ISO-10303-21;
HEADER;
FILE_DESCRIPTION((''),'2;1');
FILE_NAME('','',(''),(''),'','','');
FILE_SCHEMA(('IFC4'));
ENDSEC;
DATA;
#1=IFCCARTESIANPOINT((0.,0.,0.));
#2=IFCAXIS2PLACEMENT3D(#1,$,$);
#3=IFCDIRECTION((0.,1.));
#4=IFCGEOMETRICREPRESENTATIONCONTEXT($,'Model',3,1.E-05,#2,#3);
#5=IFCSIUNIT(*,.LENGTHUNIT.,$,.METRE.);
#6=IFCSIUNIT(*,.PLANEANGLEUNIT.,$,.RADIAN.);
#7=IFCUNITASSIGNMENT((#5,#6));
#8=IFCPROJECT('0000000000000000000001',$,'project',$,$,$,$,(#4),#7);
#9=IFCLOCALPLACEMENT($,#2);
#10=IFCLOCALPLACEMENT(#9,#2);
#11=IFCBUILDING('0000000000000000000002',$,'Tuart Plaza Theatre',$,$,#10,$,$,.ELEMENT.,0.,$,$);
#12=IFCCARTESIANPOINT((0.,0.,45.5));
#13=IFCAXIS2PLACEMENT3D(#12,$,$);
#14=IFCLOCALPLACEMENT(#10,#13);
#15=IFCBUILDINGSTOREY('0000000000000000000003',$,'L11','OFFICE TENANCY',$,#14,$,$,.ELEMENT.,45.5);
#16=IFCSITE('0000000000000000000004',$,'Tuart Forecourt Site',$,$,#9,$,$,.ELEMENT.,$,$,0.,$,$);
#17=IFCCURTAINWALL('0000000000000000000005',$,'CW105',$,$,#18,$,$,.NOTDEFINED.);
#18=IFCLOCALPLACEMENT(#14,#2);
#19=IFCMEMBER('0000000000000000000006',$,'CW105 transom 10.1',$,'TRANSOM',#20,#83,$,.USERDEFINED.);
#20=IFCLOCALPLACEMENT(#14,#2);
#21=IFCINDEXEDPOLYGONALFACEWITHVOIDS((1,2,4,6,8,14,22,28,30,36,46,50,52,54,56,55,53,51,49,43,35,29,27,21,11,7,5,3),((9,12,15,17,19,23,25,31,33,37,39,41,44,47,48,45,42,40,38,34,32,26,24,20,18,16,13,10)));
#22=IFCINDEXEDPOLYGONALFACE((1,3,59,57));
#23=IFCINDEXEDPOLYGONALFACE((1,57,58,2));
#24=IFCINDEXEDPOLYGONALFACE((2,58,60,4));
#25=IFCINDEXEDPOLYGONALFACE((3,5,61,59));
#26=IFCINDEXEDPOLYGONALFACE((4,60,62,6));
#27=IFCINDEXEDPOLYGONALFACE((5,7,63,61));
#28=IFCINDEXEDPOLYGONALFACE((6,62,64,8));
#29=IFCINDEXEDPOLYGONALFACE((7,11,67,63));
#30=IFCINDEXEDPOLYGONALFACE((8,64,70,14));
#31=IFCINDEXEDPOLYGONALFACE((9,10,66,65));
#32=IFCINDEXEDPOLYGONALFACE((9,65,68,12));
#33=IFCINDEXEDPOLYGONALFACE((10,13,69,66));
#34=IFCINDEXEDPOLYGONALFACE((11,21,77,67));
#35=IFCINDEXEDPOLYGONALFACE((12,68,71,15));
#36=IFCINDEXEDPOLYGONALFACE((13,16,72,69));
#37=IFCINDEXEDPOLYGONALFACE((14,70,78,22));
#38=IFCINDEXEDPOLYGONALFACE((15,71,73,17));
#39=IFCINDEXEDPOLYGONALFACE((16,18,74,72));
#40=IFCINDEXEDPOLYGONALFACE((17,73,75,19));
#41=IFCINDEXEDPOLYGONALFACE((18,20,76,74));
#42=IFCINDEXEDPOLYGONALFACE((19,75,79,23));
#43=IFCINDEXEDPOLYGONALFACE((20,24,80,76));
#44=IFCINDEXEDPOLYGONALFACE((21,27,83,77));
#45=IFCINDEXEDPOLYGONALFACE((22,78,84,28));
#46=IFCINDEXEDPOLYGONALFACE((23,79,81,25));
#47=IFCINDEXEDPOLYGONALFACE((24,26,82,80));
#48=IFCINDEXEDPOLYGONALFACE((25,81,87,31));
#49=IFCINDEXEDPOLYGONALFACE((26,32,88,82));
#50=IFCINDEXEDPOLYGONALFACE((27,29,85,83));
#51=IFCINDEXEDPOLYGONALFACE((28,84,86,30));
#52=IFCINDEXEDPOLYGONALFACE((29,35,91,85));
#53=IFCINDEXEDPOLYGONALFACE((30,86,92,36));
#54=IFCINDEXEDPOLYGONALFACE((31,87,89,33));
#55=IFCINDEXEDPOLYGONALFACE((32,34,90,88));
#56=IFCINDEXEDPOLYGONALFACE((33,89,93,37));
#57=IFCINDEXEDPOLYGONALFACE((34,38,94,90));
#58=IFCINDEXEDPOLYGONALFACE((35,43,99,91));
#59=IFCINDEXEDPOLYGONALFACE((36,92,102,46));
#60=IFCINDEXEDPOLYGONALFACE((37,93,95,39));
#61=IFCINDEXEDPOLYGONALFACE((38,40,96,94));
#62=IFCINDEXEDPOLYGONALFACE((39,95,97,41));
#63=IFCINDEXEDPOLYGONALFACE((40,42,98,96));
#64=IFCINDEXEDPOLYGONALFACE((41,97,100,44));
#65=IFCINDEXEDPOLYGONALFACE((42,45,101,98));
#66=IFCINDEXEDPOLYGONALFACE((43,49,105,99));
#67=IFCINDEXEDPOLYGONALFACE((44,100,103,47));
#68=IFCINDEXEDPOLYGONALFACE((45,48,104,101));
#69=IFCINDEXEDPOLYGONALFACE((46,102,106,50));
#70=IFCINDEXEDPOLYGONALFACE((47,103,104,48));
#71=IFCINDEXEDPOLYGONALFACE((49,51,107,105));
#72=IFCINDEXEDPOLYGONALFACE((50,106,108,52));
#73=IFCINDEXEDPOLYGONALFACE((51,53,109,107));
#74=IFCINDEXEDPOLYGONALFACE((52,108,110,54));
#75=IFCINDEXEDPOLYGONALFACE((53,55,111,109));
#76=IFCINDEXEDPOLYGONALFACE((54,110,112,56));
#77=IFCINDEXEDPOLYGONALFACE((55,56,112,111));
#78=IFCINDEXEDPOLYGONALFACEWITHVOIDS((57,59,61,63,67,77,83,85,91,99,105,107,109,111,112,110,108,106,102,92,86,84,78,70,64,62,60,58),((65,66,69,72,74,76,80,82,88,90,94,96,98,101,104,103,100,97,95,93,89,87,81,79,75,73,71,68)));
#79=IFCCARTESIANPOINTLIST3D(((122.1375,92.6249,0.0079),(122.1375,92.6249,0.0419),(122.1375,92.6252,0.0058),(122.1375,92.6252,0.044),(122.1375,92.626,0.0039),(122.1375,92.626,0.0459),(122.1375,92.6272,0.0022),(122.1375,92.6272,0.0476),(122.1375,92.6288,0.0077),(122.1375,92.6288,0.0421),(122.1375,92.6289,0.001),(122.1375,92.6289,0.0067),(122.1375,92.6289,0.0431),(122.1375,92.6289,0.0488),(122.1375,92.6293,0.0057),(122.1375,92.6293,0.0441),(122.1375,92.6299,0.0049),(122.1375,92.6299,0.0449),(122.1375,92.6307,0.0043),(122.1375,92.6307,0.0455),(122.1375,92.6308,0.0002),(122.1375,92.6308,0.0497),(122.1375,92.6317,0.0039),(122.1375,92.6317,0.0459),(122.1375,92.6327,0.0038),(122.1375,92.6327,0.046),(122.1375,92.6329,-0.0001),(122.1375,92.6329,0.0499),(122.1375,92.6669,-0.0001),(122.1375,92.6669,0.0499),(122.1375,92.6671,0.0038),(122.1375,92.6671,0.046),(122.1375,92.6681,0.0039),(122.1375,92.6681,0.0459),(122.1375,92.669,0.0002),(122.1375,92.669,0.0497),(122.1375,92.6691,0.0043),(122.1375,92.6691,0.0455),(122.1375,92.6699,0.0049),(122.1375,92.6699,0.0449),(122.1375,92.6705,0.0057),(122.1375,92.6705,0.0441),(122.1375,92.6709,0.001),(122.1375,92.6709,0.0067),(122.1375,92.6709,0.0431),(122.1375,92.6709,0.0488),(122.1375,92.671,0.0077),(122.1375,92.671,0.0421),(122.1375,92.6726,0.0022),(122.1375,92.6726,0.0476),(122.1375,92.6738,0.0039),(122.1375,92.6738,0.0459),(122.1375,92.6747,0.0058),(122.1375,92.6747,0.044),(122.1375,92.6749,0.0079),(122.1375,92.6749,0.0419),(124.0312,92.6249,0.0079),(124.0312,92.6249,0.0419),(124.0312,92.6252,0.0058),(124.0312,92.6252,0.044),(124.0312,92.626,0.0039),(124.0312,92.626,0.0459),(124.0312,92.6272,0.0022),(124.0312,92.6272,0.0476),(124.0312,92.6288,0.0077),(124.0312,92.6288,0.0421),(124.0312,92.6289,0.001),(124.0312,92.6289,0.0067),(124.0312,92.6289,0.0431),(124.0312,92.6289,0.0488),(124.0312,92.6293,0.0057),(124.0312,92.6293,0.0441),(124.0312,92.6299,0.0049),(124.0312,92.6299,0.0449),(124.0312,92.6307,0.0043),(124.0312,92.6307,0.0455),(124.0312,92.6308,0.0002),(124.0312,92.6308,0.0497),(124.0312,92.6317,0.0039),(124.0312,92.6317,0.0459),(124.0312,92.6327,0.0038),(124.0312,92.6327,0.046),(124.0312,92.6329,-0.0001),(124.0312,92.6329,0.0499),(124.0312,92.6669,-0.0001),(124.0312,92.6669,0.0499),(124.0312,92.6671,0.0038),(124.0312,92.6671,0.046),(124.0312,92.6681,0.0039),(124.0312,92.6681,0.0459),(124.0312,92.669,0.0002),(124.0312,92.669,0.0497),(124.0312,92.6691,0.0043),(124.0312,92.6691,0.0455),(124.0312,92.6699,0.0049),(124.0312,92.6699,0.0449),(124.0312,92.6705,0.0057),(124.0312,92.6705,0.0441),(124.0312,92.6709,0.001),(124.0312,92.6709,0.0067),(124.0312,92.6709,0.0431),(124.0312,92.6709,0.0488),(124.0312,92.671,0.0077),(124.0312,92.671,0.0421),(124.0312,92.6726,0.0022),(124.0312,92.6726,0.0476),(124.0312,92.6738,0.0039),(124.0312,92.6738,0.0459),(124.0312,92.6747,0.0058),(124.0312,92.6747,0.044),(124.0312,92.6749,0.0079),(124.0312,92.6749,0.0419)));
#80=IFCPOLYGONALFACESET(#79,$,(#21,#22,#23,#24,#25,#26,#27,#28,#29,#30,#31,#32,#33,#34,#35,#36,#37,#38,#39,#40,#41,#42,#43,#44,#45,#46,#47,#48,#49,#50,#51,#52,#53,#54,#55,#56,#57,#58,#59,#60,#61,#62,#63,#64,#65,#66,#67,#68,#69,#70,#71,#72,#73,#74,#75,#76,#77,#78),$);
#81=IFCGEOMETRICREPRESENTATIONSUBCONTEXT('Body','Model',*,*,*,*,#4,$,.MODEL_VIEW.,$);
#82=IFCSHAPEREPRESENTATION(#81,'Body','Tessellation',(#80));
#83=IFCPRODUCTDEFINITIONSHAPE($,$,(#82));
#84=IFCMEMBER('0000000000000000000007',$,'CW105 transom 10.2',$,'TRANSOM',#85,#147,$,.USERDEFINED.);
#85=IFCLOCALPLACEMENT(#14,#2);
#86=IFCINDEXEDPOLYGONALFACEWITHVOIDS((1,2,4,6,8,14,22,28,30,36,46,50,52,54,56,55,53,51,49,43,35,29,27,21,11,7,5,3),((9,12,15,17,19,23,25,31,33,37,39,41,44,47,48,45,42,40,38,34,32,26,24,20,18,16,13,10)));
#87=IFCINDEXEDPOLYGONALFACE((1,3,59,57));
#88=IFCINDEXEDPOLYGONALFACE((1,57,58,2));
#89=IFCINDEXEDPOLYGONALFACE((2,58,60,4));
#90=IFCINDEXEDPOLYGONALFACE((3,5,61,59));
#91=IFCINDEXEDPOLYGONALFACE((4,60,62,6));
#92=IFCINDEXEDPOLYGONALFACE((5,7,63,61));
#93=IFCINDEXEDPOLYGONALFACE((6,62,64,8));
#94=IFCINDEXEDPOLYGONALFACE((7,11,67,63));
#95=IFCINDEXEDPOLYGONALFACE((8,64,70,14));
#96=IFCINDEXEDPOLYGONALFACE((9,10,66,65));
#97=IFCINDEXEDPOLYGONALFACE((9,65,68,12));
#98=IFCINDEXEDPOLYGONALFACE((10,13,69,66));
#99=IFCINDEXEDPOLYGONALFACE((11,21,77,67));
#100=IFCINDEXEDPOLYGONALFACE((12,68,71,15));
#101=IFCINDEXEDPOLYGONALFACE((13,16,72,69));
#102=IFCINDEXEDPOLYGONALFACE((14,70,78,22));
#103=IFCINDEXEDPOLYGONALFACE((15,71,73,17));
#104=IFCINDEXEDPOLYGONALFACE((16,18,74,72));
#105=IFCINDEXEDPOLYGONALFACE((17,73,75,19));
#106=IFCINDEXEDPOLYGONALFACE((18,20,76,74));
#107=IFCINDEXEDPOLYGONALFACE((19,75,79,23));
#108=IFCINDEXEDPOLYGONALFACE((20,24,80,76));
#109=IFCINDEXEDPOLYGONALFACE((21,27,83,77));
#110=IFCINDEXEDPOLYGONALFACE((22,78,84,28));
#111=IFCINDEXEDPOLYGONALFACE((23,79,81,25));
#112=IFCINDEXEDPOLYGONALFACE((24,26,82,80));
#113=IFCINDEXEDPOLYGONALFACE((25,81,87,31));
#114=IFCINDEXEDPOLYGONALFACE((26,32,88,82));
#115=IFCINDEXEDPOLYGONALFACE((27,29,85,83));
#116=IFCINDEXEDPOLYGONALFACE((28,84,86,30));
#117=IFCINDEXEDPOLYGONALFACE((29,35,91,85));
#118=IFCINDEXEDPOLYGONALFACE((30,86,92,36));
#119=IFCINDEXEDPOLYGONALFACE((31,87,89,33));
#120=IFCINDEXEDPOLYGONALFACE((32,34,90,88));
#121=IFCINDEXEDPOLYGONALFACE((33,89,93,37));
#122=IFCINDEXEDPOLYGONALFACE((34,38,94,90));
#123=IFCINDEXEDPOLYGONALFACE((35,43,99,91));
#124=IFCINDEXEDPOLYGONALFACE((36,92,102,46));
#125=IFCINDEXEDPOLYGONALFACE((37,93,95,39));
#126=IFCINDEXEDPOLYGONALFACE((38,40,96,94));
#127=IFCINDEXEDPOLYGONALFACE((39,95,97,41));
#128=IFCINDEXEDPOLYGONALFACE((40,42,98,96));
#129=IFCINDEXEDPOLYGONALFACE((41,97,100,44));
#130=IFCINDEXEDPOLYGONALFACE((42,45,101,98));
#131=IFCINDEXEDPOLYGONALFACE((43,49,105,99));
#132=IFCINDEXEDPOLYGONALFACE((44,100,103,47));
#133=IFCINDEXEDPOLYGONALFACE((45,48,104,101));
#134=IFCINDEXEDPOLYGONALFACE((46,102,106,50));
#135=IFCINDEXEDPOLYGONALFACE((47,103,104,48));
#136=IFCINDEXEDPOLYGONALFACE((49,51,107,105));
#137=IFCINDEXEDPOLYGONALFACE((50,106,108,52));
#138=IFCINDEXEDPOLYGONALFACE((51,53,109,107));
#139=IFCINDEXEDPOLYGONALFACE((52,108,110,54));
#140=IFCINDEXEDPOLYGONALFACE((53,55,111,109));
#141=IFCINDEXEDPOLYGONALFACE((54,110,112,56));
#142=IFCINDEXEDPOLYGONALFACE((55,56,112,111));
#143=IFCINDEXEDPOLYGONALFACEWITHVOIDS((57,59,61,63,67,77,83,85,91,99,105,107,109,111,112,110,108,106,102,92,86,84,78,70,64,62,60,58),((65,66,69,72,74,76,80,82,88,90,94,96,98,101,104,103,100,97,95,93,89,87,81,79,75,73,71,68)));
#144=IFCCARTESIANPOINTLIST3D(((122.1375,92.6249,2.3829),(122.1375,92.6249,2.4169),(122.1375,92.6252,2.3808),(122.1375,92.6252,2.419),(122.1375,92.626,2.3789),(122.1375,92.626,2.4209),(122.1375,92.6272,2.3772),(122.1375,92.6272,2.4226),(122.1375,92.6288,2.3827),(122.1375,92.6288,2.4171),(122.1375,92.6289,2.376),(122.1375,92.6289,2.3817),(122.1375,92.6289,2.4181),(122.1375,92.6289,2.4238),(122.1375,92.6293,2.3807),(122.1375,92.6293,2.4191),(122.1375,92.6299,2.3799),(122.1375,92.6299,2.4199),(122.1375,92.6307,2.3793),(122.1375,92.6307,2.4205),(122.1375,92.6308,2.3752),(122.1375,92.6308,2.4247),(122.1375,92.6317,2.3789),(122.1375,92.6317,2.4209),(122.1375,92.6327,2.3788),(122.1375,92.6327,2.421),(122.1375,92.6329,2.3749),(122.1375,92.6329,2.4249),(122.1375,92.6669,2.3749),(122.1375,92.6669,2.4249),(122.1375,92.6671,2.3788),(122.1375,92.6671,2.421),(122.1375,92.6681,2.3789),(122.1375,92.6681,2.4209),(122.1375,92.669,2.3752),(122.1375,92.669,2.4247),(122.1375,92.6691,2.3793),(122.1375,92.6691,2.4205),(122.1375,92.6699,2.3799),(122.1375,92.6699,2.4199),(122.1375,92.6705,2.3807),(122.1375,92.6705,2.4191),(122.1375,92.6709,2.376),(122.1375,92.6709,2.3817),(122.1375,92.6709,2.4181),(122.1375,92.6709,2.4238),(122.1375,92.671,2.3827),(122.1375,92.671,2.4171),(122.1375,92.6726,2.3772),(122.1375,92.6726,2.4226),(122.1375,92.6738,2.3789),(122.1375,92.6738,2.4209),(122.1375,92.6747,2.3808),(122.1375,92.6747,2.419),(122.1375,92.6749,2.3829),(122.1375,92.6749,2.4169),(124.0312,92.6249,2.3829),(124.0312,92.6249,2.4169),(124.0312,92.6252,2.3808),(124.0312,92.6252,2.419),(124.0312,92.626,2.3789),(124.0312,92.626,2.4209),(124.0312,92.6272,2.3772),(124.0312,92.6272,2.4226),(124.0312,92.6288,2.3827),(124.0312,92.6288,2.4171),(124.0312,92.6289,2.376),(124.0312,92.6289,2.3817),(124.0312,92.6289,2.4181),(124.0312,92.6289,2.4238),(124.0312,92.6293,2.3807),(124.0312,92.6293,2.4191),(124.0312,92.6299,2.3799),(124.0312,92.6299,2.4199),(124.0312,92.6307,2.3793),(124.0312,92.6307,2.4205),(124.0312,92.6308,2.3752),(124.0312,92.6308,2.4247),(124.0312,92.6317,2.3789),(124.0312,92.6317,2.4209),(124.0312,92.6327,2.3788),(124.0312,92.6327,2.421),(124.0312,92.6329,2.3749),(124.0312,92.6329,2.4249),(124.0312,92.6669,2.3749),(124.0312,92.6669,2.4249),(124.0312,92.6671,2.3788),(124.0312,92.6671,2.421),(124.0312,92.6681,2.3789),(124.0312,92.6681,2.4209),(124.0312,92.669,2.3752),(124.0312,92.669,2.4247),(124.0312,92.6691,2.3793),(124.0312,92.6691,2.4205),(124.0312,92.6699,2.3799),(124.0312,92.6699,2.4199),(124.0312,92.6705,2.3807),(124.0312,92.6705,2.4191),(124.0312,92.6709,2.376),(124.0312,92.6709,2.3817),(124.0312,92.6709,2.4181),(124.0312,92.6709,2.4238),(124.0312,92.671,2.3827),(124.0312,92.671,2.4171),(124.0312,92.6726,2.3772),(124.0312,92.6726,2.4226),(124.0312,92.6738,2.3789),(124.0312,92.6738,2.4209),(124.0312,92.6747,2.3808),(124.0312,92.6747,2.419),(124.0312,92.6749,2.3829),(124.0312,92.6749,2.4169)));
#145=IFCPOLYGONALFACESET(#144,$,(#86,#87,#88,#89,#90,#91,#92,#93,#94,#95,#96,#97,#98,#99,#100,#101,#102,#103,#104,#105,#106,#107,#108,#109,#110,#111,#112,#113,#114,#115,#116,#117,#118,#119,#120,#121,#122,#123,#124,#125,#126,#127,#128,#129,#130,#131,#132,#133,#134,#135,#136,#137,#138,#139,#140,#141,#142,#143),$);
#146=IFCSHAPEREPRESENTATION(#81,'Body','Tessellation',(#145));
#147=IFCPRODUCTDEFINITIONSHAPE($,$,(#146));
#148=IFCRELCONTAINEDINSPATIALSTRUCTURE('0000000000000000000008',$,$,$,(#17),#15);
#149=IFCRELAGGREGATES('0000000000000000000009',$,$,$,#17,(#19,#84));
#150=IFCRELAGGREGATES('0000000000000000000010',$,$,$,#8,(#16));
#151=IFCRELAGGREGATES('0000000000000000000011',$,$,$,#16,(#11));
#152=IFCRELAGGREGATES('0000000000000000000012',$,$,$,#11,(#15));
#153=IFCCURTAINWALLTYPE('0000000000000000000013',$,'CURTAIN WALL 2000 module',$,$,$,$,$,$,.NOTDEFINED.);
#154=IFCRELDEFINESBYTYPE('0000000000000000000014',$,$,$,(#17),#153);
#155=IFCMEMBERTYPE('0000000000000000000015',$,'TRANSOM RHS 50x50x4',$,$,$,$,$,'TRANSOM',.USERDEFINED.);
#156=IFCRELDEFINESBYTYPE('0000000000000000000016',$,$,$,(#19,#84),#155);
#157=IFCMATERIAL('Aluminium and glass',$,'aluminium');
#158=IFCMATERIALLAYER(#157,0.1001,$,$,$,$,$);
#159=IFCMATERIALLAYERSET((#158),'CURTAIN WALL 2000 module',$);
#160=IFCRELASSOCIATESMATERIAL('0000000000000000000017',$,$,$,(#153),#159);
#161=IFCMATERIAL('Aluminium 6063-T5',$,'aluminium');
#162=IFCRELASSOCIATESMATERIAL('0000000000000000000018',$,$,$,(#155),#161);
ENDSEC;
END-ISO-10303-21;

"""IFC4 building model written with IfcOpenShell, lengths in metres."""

from ifc_helpers import new_model, si_unit, direction, frame, origin, origin_2d, place, context, subcontext, project, spatial, hollow_rectangle, extrude, material, layer, layer_set, material_profile, profile_set, type_object, element, aggregate, save


model = new_model("IFC4")

# Units and contexts
model_context = context("Model", 3, precision=1e-05, world=origin(), true_north=direction((0.0, 1.0)))
body_context = subcontext(model_context, "Body", "Model", "MODEL_VIEW")
ifc_project = project(units=[si_unit("LENGTHUNIT", "METRE"), si_unit("PLANEANGLEUNIT", "RADIAN")], contexts=[model_context])

# Site, building, storey
site_placement = place(None, origin())
site = spatial("IfcSite", under=ifc_project, at=site_placement, Name="Tuart Forecourt Site", CompositionType="ELEMENT", RefElevation=0.0)
building_placement = place(site_placement, origin())
building = spatial("IfcBuilding", under=site, at=building_placement, Name="Tuart Plaza Theatre", CompositionType="ELEMENT", ElevationOfRefHeight=0.0)
storey_placement = place(building_placement, frame((0.0, 0.0, 45.5)))
storey = spatial("IfcBuildingStorey", under=building, at=storey_placement, Name="L11", Description="OFFICE TENANCY", CompositionType="ELEMENT", Elevation=45.5)

# Curtain wall, members
ifc_material_1 = material(Name="Aluminium and glass", Category="aluminium")
ifc_layer_1 = layer(ifc_material_1, 0.1001)
ifc_layer_set_1 = layer_set([ifc_layer_1], Name="CURTAIN WALL 2000 module")
curtain_wall_type = type_object("IfcCurtainWallType", Name="CURTAIN WALL 2000 module", PredefinedType="NOTDEFINED", material=ifc_layer_set_1)
curtain_wall_placement = place(storey_placement, origin())
curtain_wall = element("IfcCurtainWall", 1, at=curtain_wall_placement, inside=storey, type_object=curtain_wall_type, Name="CW105", PredefinedType="NOTDEFINED")
ifc_material_2 = material(Name="Aluminium 6063-T5", Category="aluminium")
ifc_material_profile_1 = material_profile(ifc_material_2, hollow_rectangle(XDim=0.05, YDim=0.05, WallThickness=0.0039, InnerFilletRadius=0.0039, OuterFilletRadius=0.0081, at=origin_2d()), Name="RHS 50x50x4")
ifc_profile_set_1 = profile_set([ifc_material_profile_1], Name="Aluminium 6063-T5")
member_type_1 = type_object("IfcMemberType", Name="TRANSOM RHS 50x50x4", ElementType="TRANSOM", PredefinedType="USERDEFINED", material=ifc_profile_set_1)
member_1_placement = place(storey_placement, frame((124.0312, 92.6499, 0.0249), z_axis=(-1.0, 0.0, 0.0), x_axis=(0.0, -1.0, 0.0)))
member_1 = element("IfcMember", 2, at=member_1_placement, type_object=member_type_1, Name="CW105 transom 10.1", ObjectType="TRANSOM", PredefinedType="USERDEFINED", context=body_context, shape_type="SweptSolid", body=[
    extrude(hollow_rectangle(XDim=0.05, YDim=0.05, WallThickness=0.0039, InnerFilletRadius=0.0039, OuterFilletRadius=0.0081, at=origin_2d()), origin(), (0.0, 0.0, 1.0), 1.8938),
])
member_2_placement = place(storey_placement, frame((124.0312, 92.6499, 2.3999), z_axis=(-1.0, 0.0, 0.0), x_axis=(0.0, -1.0, 0.0)))
member_2 = element("IfcMember", 3, at=member_2_placement, type_object=member_type_1, Name="CW105 transom 10.2", ObjectType="TRANSOM", PredefinedType="USERDEFINED", context=body_context, shape_type="SweptSolid", body=[
    extrude(hollow_rectangle(XDim=0.05, YDim=0.05, WallThickness=0.0039, InnerFilletRadius=0.0039, OuterFilletRadius=0.0081, at=origin_2d()), origin(), (0.0, 0.0, 1.0), 1.8938),
])
aggregate(curtain_wall, [member_1, member_2])

save(model, "model.ifc")
